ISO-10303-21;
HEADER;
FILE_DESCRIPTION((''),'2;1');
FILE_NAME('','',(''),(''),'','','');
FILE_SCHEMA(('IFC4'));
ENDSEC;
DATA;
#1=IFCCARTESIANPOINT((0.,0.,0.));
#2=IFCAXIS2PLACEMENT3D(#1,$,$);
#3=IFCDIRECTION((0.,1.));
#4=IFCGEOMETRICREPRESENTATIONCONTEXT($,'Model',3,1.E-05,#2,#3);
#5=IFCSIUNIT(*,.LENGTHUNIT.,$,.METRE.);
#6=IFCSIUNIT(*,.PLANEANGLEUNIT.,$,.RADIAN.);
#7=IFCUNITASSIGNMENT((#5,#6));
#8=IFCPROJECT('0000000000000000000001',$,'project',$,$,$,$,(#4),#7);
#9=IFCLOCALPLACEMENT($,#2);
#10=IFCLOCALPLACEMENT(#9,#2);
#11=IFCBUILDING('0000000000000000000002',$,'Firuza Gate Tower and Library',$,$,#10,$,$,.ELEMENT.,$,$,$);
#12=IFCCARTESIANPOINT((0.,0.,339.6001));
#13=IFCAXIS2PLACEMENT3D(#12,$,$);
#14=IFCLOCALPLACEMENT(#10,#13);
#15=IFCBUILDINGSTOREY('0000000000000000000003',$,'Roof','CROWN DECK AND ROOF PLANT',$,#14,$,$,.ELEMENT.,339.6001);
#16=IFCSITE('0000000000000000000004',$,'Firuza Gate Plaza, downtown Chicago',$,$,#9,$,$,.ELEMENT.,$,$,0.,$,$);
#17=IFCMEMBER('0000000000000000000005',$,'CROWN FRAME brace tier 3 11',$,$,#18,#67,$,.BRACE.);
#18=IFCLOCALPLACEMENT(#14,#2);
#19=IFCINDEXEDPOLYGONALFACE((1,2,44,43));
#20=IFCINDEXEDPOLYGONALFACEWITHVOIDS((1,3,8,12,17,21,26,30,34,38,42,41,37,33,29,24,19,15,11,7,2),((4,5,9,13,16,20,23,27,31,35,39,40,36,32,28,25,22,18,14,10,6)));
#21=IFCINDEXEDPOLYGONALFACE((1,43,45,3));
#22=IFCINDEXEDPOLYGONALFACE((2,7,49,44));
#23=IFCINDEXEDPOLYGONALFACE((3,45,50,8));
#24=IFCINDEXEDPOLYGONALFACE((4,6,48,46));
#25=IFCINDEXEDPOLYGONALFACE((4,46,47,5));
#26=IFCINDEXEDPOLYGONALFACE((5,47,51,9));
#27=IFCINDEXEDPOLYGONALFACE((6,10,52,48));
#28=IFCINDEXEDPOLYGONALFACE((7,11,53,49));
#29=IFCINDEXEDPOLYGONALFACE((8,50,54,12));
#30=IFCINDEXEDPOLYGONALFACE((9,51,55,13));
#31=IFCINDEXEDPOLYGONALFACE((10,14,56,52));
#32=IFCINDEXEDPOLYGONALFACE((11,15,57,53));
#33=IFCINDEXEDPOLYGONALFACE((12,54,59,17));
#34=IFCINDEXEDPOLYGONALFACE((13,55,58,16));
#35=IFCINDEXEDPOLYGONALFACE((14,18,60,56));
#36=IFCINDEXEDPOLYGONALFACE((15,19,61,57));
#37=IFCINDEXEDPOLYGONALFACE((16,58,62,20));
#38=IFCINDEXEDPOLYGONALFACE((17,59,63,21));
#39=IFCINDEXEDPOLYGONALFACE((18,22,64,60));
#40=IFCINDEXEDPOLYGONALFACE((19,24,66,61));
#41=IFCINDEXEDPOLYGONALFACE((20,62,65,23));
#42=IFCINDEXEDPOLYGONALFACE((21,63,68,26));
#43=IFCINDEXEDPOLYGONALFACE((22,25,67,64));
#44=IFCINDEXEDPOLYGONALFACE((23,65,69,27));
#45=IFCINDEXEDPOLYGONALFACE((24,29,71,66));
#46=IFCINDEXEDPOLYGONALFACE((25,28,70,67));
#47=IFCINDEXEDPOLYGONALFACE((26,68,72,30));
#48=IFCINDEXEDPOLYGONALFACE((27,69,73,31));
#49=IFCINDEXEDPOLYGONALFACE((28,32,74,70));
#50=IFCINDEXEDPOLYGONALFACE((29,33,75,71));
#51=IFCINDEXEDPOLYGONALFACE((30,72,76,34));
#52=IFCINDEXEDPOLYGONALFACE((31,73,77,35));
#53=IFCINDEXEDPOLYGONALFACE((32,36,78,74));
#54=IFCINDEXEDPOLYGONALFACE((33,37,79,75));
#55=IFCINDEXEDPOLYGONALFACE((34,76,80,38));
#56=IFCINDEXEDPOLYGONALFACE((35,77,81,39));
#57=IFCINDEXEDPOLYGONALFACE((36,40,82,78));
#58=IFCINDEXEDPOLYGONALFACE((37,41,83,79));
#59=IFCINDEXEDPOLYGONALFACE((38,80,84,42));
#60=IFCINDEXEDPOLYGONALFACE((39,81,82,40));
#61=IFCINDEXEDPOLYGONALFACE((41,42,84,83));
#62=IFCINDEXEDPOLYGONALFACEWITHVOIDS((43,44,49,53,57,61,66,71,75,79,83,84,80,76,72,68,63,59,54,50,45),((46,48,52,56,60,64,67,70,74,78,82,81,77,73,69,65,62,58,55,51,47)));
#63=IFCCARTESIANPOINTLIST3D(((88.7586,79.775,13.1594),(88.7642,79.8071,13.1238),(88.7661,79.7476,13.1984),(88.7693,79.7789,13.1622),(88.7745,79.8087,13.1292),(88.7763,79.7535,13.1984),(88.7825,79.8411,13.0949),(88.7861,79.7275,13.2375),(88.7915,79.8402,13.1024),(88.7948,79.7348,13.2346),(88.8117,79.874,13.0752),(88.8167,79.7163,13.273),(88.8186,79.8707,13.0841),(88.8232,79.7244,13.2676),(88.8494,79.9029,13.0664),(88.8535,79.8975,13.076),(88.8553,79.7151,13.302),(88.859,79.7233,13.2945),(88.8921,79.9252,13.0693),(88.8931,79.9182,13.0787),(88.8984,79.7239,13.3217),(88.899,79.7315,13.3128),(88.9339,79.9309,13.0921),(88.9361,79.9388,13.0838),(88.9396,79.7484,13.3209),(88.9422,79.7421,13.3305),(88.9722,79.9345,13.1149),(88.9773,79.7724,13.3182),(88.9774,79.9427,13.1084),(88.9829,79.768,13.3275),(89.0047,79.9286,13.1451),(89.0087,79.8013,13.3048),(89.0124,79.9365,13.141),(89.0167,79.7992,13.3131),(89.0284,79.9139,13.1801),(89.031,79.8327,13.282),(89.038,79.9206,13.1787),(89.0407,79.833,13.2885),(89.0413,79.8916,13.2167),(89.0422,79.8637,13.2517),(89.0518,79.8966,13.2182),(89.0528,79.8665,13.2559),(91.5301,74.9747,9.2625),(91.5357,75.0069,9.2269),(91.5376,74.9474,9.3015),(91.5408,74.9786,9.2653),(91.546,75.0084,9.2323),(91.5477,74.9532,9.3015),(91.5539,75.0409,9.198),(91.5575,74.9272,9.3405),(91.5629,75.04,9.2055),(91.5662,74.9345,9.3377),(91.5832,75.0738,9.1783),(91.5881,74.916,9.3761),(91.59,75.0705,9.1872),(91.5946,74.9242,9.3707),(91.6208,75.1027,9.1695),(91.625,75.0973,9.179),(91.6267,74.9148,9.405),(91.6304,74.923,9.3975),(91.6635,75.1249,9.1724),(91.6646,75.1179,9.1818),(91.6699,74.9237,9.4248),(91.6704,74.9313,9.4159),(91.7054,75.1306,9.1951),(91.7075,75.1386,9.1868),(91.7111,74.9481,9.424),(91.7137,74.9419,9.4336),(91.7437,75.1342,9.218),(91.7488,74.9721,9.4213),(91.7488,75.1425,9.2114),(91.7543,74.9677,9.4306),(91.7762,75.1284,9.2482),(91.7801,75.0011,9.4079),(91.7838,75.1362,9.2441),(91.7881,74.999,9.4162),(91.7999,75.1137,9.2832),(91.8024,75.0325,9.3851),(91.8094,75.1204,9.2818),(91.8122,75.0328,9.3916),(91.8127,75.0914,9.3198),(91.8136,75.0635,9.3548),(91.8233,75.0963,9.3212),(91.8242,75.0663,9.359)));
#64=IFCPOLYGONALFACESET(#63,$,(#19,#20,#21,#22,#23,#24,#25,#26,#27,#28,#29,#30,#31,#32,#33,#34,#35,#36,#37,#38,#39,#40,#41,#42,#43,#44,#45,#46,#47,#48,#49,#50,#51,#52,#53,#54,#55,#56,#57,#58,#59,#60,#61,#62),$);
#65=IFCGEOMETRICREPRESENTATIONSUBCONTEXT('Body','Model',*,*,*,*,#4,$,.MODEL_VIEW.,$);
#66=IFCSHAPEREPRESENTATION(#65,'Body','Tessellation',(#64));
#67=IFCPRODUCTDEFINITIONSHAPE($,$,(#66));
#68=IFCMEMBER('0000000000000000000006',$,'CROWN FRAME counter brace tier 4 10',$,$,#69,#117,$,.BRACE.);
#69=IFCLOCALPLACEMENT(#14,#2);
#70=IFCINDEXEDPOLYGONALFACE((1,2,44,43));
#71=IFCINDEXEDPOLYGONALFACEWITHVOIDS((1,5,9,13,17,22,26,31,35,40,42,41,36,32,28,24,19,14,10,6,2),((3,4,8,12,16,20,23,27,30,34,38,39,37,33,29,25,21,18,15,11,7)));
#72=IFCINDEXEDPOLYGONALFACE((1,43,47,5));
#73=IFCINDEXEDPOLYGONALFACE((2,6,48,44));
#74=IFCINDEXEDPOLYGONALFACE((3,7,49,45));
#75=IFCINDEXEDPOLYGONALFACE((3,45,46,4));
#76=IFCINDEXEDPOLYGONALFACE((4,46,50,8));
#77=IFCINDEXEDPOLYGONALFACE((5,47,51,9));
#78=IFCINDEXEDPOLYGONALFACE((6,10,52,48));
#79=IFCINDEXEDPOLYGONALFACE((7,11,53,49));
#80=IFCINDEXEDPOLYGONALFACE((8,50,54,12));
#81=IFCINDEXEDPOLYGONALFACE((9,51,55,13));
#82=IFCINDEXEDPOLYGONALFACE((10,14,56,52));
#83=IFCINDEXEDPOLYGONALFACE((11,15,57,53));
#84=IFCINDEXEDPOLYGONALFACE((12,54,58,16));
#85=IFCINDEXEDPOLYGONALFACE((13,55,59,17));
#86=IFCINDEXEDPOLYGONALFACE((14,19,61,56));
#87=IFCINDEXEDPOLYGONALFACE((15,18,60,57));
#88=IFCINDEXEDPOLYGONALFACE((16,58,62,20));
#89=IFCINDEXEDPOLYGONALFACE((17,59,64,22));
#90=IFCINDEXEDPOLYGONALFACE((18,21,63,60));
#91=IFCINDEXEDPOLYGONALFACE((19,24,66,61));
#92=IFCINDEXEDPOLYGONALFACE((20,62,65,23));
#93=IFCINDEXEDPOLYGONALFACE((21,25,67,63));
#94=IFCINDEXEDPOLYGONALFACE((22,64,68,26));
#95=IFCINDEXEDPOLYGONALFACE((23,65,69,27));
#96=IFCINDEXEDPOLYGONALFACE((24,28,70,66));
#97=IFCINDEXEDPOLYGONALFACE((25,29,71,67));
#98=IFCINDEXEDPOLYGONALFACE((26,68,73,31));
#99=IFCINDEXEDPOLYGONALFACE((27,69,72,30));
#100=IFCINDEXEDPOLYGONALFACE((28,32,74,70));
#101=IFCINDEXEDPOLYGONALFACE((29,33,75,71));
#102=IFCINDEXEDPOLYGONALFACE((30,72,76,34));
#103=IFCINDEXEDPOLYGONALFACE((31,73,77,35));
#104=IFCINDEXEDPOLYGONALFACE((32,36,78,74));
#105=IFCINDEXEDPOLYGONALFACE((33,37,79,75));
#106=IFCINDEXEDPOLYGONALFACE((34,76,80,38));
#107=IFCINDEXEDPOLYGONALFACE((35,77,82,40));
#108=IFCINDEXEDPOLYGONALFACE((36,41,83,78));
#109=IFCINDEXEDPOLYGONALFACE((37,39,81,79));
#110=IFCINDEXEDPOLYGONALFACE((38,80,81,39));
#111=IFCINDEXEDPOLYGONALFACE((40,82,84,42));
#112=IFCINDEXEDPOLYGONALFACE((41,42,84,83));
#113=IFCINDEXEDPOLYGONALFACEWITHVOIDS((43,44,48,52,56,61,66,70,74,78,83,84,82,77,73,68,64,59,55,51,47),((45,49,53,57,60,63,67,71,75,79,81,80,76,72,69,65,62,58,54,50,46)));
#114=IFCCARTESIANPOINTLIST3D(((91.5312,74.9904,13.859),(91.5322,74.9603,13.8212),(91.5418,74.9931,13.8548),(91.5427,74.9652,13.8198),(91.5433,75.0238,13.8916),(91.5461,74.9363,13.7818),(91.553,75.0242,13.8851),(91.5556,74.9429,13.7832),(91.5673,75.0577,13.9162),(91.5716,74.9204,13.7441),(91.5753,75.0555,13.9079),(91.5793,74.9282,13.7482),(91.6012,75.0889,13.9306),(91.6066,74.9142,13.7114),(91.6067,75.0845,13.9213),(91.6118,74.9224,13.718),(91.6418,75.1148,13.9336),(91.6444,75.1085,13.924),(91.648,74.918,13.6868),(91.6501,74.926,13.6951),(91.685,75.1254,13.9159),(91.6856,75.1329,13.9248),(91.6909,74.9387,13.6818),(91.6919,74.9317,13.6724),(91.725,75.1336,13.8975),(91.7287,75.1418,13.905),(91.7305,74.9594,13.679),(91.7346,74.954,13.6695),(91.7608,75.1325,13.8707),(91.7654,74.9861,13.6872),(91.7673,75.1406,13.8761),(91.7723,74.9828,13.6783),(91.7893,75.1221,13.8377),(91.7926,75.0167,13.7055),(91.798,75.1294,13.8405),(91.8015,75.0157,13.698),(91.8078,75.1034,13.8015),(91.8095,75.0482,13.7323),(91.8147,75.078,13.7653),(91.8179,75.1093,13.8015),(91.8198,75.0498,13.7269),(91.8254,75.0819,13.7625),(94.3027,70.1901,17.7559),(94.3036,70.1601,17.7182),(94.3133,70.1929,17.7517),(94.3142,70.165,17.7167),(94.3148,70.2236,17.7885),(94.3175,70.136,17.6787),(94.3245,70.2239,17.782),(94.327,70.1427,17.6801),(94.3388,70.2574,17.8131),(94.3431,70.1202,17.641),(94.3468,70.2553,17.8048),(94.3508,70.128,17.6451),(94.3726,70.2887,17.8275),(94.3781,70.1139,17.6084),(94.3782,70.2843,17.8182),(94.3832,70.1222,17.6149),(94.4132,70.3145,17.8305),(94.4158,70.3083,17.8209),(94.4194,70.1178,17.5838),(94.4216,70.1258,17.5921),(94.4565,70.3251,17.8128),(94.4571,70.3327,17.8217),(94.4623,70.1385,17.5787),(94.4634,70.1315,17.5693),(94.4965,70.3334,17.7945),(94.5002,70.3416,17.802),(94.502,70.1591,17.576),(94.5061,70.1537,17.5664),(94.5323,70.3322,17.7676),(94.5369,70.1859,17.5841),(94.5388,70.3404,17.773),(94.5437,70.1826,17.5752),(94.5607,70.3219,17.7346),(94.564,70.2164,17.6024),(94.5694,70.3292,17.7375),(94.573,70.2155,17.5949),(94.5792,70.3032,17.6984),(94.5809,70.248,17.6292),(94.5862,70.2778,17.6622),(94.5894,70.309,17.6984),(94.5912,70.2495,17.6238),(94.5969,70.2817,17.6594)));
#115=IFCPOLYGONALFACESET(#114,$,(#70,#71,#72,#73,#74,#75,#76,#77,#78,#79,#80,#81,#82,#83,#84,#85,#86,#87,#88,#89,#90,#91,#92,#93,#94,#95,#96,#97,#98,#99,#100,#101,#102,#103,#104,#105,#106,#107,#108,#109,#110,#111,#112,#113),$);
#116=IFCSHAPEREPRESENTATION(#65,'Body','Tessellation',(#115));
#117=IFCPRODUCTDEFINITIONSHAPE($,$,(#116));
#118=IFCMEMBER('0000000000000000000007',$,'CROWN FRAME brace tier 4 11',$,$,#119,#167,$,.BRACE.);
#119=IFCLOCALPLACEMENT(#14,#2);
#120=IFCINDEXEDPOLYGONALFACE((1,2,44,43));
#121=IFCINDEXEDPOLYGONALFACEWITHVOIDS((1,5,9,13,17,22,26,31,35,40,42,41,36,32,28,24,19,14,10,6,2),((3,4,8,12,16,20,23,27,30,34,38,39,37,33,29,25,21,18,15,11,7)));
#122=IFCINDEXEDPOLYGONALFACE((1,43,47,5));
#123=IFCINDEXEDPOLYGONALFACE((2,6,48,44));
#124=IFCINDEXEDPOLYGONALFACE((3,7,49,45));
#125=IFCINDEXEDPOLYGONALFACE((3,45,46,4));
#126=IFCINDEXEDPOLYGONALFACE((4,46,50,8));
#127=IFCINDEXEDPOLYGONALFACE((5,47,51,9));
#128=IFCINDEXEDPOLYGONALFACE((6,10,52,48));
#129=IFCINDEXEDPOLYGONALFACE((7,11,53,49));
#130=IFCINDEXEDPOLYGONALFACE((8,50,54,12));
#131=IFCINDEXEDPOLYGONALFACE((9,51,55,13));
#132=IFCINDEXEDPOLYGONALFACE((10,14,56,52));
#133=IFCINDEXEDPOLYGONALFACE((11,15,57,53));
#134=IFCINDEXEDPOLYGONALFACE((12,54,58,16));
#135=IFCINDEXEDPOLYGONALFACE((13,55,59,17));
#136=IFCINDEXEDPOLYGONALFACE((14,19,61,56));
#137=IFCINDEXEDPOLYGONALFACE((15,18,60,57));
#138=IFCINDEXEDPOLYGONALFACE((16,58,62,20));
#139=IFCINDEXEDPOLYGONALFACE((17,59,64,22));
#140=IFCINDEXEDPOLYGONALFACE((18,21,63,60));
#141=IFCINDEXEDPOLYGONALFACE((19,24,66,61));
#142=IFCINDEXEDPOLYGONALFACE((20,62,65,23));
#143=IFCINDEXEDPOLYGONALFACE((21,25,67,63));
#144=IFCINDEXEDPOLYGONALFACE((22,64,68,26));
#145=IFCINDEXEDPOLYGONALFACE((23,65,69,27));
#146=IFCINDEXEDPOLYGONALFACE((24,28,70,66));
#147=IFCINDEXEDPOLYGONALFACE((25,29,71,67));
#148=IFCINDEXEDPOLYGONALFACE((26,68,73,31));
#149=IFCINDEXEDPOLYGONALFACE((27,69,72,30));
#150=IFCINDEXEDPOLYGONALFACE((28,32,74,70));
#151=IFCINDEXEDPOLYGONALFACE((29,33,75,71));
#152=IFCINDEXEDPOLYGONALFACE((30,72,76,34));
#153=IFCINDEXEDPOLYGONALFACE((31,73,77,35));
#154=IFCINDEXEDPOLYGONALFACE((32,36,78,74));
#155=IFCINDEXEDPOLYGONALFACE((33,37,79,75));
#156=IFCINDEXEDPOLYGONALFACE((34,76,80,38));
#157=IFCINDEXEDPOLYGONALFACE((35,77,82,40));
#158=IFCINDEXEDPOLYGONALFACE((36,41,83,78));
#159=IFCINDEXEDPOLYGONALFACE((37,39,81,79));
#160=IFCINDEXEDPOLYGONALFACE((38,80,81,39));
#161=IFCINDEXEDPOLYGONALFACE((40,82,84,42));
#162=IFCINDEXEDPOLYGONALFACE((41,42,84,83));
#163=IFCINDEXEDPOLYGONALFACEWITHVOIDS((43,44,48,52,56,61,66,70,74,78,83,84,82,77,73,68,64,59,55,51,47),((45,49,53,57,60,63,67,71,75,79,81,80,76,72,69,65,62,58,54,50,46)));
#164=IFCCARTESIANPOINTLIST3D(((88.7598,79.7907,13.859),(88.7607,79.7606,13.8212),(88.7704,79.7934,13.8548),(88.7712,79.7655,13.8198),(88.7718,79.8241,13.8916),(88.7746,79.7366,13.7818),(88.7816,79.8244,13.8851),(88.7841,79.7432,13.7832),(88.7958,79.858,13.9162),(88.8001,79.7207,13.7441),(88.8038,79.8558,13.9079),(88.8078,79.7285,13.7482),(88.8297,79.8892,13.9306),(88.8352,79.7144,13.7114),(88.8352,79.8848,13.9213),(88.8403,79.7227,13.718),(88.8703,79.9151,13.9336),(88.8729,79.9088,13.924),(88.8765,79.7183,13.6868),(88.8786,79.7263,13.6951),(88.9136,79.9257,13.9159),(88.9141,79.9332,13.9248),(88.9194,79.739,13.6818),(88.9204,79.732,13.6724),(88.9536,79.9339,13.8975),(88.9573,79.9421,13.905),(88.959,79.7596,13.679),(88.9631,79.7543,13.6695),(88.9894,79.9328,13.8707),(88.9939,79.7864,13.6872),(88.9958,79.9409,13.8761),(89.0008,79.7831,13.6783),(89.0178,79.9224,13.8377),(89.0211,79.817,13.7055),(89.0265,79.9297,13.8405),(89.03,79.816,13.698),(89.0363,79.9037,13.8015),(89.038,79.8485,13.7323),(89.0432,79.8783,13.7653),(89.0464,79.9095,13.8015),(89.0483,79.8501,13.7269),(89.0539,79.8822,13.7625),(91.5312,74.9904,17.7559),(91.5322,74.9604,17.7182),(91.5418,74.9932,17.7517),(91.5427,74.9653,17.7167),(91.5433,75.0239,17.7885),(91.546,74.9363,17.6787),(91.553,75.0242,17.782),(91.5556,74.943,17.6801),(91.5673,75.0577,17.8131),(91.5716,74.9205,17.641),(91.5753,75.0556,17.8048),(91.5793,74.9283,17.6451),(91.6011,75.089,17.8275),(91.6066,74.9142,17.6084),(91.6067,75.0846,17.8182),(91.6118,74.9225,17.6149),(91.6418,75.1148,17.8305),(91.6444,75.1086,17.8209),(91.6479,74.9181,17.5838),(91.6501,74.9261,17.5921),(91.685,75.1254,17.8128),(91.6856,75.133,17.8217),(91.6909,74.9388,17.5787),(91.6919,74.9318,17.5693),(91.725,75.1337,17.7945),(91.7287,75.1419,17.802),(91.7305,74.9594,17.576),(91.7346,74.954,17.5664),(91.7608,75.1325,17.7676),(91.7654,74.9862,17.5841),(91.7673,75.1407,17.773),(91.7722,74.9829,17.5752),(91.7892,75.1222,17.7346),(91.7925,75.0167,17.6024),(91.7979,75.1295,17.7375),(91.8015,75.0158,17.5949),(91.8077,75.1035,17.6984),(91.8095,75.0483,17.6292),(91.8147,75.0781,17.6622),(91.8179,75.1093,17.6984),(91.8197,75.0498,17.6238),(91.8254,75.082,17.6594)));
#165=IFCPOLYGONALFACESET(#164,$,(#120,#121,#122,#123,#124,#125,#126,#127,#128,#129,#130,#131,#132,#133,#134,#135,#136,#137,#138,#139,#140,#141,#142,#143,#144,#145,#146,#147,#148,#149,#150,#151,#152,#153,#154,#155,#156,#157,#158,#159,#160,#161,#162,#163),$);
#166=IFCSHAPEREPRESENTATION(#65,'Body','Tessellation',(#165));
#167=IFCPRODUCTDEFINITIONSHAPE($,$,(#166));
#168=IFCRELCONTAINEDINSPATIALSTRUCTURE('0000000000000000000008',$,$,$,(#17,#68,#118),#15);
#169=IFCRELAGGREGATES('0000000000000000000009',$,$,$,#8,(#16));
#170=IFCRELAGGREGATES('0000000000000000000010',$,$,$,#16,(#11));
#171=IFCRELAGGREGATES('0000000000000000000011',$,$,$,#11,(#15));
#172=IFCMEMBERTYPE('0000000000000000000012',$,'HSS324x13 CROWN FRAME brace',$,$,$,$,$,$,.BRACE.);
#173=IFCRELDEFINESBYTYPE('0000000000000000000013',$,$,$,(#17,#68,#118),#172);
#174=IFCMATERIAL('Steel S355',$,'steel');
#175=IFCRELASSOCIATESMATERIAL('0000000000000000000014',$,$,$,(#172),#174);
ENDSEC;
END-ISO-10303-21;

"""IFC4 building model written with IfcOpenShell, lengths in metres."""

from ifc_helpers import new_model, si_unit, direction, frame, origin, origin_2d, place, context, subcontext, project, spatial, hollow_circle, extrude, material, material_profile, profile_set, type_object, element, save


model = new_model("IFC4")

# Units and contexts
model_context = context("Model", 3, precision=1e-05, world=origin(), true_north=direction((0.0, 1.0)))
body_context = subcontext(model_context, "Body", "Model", "MODEL_VIEW")
ifc_project = project(units=[si_unit("LENGTHUNIT", "METRE"), si_unit("PLANEANGLEUNIT", "RADIAN")], contexts=[model_context])

# Site, building, storey
site_placement = place(None, origin())
site = spatial("IfcSite", under=ifc_project, at=site_placement, Name="Firuza Gate Plaza, downtown Chicago", CompositionType="ELEMENT", RefElevation=0.0)
building_placement = place(site_placement, origin())
building = spatial("IfcBuilding", under=site, at=building_placement, Name="Firuza Gate Tower and Library", CompositionType="ELEMENT")
storey_placement = place(building_placement, frame((0.0, 0.0, 339.6001)))
storey = spatial("IfcBuildingStorey", under=building, at=storey_placement, Name="Roof", Description="CROWN DECK AND ROOF PLANT", CompositionType="ELEMENT", Elevation=339.6001)

# Members
ifc_material_1 = material(Name="Steel S355", Category="steel")
ifc_material_profile_1 = material_profile(ifc_material_1, hollow_circle(Radius=0.1619, WallThickness=0.0117, at=origin_2d()))
ifc_profile_set_1 = profile_set([ifc_material_profile_1], Name="Steel S355")
member_type_1 = type_object("IfcMemberType", Name="HSS324x13 CROWN FRAME brace", PredefinedType="BRACE", material=ifc_profile_set_1)
for number, where, z_axis, x_axis, name in (
    (1, (91.6777, 75.0283, 9.3015), (-0.409032, 0.708455, 0.575138), (-0.866023, -0.500005, 0.0), "CROWN FRAME brace tier 3 11"),
    (2, (91.6777, 75.0283, 13.8015), (0.409032, -0.708455, 0.575138), (0.866023, 0.500005, 0.0), "CROWN FRAME counter brace tier 4 10"),
    (3, (88.9062, 79.8286, 13.8015), (0.409032, -0.708455, 0.575138), (0.866023, 0.500005, 0.0), "CROWN FRAME brace tier 4 11"),
):
    element("IfcMember", number, at=place(storey_placement, frame(where, z_axis=z_axis, x_axis=x_axis)), inside=storey, type_object=member_type_1, Name=name, PredefinedType="BRACE", context=body_context, shape_type="SweptSolid", body=[
        extrude(hollow_circle(Radius=0.1619, WallThickness=0.0117, at=origin_2d()), origin(), (0.0, 0.0, 1.0), 6.7756),
    ])

save(model, "model.ifc")
